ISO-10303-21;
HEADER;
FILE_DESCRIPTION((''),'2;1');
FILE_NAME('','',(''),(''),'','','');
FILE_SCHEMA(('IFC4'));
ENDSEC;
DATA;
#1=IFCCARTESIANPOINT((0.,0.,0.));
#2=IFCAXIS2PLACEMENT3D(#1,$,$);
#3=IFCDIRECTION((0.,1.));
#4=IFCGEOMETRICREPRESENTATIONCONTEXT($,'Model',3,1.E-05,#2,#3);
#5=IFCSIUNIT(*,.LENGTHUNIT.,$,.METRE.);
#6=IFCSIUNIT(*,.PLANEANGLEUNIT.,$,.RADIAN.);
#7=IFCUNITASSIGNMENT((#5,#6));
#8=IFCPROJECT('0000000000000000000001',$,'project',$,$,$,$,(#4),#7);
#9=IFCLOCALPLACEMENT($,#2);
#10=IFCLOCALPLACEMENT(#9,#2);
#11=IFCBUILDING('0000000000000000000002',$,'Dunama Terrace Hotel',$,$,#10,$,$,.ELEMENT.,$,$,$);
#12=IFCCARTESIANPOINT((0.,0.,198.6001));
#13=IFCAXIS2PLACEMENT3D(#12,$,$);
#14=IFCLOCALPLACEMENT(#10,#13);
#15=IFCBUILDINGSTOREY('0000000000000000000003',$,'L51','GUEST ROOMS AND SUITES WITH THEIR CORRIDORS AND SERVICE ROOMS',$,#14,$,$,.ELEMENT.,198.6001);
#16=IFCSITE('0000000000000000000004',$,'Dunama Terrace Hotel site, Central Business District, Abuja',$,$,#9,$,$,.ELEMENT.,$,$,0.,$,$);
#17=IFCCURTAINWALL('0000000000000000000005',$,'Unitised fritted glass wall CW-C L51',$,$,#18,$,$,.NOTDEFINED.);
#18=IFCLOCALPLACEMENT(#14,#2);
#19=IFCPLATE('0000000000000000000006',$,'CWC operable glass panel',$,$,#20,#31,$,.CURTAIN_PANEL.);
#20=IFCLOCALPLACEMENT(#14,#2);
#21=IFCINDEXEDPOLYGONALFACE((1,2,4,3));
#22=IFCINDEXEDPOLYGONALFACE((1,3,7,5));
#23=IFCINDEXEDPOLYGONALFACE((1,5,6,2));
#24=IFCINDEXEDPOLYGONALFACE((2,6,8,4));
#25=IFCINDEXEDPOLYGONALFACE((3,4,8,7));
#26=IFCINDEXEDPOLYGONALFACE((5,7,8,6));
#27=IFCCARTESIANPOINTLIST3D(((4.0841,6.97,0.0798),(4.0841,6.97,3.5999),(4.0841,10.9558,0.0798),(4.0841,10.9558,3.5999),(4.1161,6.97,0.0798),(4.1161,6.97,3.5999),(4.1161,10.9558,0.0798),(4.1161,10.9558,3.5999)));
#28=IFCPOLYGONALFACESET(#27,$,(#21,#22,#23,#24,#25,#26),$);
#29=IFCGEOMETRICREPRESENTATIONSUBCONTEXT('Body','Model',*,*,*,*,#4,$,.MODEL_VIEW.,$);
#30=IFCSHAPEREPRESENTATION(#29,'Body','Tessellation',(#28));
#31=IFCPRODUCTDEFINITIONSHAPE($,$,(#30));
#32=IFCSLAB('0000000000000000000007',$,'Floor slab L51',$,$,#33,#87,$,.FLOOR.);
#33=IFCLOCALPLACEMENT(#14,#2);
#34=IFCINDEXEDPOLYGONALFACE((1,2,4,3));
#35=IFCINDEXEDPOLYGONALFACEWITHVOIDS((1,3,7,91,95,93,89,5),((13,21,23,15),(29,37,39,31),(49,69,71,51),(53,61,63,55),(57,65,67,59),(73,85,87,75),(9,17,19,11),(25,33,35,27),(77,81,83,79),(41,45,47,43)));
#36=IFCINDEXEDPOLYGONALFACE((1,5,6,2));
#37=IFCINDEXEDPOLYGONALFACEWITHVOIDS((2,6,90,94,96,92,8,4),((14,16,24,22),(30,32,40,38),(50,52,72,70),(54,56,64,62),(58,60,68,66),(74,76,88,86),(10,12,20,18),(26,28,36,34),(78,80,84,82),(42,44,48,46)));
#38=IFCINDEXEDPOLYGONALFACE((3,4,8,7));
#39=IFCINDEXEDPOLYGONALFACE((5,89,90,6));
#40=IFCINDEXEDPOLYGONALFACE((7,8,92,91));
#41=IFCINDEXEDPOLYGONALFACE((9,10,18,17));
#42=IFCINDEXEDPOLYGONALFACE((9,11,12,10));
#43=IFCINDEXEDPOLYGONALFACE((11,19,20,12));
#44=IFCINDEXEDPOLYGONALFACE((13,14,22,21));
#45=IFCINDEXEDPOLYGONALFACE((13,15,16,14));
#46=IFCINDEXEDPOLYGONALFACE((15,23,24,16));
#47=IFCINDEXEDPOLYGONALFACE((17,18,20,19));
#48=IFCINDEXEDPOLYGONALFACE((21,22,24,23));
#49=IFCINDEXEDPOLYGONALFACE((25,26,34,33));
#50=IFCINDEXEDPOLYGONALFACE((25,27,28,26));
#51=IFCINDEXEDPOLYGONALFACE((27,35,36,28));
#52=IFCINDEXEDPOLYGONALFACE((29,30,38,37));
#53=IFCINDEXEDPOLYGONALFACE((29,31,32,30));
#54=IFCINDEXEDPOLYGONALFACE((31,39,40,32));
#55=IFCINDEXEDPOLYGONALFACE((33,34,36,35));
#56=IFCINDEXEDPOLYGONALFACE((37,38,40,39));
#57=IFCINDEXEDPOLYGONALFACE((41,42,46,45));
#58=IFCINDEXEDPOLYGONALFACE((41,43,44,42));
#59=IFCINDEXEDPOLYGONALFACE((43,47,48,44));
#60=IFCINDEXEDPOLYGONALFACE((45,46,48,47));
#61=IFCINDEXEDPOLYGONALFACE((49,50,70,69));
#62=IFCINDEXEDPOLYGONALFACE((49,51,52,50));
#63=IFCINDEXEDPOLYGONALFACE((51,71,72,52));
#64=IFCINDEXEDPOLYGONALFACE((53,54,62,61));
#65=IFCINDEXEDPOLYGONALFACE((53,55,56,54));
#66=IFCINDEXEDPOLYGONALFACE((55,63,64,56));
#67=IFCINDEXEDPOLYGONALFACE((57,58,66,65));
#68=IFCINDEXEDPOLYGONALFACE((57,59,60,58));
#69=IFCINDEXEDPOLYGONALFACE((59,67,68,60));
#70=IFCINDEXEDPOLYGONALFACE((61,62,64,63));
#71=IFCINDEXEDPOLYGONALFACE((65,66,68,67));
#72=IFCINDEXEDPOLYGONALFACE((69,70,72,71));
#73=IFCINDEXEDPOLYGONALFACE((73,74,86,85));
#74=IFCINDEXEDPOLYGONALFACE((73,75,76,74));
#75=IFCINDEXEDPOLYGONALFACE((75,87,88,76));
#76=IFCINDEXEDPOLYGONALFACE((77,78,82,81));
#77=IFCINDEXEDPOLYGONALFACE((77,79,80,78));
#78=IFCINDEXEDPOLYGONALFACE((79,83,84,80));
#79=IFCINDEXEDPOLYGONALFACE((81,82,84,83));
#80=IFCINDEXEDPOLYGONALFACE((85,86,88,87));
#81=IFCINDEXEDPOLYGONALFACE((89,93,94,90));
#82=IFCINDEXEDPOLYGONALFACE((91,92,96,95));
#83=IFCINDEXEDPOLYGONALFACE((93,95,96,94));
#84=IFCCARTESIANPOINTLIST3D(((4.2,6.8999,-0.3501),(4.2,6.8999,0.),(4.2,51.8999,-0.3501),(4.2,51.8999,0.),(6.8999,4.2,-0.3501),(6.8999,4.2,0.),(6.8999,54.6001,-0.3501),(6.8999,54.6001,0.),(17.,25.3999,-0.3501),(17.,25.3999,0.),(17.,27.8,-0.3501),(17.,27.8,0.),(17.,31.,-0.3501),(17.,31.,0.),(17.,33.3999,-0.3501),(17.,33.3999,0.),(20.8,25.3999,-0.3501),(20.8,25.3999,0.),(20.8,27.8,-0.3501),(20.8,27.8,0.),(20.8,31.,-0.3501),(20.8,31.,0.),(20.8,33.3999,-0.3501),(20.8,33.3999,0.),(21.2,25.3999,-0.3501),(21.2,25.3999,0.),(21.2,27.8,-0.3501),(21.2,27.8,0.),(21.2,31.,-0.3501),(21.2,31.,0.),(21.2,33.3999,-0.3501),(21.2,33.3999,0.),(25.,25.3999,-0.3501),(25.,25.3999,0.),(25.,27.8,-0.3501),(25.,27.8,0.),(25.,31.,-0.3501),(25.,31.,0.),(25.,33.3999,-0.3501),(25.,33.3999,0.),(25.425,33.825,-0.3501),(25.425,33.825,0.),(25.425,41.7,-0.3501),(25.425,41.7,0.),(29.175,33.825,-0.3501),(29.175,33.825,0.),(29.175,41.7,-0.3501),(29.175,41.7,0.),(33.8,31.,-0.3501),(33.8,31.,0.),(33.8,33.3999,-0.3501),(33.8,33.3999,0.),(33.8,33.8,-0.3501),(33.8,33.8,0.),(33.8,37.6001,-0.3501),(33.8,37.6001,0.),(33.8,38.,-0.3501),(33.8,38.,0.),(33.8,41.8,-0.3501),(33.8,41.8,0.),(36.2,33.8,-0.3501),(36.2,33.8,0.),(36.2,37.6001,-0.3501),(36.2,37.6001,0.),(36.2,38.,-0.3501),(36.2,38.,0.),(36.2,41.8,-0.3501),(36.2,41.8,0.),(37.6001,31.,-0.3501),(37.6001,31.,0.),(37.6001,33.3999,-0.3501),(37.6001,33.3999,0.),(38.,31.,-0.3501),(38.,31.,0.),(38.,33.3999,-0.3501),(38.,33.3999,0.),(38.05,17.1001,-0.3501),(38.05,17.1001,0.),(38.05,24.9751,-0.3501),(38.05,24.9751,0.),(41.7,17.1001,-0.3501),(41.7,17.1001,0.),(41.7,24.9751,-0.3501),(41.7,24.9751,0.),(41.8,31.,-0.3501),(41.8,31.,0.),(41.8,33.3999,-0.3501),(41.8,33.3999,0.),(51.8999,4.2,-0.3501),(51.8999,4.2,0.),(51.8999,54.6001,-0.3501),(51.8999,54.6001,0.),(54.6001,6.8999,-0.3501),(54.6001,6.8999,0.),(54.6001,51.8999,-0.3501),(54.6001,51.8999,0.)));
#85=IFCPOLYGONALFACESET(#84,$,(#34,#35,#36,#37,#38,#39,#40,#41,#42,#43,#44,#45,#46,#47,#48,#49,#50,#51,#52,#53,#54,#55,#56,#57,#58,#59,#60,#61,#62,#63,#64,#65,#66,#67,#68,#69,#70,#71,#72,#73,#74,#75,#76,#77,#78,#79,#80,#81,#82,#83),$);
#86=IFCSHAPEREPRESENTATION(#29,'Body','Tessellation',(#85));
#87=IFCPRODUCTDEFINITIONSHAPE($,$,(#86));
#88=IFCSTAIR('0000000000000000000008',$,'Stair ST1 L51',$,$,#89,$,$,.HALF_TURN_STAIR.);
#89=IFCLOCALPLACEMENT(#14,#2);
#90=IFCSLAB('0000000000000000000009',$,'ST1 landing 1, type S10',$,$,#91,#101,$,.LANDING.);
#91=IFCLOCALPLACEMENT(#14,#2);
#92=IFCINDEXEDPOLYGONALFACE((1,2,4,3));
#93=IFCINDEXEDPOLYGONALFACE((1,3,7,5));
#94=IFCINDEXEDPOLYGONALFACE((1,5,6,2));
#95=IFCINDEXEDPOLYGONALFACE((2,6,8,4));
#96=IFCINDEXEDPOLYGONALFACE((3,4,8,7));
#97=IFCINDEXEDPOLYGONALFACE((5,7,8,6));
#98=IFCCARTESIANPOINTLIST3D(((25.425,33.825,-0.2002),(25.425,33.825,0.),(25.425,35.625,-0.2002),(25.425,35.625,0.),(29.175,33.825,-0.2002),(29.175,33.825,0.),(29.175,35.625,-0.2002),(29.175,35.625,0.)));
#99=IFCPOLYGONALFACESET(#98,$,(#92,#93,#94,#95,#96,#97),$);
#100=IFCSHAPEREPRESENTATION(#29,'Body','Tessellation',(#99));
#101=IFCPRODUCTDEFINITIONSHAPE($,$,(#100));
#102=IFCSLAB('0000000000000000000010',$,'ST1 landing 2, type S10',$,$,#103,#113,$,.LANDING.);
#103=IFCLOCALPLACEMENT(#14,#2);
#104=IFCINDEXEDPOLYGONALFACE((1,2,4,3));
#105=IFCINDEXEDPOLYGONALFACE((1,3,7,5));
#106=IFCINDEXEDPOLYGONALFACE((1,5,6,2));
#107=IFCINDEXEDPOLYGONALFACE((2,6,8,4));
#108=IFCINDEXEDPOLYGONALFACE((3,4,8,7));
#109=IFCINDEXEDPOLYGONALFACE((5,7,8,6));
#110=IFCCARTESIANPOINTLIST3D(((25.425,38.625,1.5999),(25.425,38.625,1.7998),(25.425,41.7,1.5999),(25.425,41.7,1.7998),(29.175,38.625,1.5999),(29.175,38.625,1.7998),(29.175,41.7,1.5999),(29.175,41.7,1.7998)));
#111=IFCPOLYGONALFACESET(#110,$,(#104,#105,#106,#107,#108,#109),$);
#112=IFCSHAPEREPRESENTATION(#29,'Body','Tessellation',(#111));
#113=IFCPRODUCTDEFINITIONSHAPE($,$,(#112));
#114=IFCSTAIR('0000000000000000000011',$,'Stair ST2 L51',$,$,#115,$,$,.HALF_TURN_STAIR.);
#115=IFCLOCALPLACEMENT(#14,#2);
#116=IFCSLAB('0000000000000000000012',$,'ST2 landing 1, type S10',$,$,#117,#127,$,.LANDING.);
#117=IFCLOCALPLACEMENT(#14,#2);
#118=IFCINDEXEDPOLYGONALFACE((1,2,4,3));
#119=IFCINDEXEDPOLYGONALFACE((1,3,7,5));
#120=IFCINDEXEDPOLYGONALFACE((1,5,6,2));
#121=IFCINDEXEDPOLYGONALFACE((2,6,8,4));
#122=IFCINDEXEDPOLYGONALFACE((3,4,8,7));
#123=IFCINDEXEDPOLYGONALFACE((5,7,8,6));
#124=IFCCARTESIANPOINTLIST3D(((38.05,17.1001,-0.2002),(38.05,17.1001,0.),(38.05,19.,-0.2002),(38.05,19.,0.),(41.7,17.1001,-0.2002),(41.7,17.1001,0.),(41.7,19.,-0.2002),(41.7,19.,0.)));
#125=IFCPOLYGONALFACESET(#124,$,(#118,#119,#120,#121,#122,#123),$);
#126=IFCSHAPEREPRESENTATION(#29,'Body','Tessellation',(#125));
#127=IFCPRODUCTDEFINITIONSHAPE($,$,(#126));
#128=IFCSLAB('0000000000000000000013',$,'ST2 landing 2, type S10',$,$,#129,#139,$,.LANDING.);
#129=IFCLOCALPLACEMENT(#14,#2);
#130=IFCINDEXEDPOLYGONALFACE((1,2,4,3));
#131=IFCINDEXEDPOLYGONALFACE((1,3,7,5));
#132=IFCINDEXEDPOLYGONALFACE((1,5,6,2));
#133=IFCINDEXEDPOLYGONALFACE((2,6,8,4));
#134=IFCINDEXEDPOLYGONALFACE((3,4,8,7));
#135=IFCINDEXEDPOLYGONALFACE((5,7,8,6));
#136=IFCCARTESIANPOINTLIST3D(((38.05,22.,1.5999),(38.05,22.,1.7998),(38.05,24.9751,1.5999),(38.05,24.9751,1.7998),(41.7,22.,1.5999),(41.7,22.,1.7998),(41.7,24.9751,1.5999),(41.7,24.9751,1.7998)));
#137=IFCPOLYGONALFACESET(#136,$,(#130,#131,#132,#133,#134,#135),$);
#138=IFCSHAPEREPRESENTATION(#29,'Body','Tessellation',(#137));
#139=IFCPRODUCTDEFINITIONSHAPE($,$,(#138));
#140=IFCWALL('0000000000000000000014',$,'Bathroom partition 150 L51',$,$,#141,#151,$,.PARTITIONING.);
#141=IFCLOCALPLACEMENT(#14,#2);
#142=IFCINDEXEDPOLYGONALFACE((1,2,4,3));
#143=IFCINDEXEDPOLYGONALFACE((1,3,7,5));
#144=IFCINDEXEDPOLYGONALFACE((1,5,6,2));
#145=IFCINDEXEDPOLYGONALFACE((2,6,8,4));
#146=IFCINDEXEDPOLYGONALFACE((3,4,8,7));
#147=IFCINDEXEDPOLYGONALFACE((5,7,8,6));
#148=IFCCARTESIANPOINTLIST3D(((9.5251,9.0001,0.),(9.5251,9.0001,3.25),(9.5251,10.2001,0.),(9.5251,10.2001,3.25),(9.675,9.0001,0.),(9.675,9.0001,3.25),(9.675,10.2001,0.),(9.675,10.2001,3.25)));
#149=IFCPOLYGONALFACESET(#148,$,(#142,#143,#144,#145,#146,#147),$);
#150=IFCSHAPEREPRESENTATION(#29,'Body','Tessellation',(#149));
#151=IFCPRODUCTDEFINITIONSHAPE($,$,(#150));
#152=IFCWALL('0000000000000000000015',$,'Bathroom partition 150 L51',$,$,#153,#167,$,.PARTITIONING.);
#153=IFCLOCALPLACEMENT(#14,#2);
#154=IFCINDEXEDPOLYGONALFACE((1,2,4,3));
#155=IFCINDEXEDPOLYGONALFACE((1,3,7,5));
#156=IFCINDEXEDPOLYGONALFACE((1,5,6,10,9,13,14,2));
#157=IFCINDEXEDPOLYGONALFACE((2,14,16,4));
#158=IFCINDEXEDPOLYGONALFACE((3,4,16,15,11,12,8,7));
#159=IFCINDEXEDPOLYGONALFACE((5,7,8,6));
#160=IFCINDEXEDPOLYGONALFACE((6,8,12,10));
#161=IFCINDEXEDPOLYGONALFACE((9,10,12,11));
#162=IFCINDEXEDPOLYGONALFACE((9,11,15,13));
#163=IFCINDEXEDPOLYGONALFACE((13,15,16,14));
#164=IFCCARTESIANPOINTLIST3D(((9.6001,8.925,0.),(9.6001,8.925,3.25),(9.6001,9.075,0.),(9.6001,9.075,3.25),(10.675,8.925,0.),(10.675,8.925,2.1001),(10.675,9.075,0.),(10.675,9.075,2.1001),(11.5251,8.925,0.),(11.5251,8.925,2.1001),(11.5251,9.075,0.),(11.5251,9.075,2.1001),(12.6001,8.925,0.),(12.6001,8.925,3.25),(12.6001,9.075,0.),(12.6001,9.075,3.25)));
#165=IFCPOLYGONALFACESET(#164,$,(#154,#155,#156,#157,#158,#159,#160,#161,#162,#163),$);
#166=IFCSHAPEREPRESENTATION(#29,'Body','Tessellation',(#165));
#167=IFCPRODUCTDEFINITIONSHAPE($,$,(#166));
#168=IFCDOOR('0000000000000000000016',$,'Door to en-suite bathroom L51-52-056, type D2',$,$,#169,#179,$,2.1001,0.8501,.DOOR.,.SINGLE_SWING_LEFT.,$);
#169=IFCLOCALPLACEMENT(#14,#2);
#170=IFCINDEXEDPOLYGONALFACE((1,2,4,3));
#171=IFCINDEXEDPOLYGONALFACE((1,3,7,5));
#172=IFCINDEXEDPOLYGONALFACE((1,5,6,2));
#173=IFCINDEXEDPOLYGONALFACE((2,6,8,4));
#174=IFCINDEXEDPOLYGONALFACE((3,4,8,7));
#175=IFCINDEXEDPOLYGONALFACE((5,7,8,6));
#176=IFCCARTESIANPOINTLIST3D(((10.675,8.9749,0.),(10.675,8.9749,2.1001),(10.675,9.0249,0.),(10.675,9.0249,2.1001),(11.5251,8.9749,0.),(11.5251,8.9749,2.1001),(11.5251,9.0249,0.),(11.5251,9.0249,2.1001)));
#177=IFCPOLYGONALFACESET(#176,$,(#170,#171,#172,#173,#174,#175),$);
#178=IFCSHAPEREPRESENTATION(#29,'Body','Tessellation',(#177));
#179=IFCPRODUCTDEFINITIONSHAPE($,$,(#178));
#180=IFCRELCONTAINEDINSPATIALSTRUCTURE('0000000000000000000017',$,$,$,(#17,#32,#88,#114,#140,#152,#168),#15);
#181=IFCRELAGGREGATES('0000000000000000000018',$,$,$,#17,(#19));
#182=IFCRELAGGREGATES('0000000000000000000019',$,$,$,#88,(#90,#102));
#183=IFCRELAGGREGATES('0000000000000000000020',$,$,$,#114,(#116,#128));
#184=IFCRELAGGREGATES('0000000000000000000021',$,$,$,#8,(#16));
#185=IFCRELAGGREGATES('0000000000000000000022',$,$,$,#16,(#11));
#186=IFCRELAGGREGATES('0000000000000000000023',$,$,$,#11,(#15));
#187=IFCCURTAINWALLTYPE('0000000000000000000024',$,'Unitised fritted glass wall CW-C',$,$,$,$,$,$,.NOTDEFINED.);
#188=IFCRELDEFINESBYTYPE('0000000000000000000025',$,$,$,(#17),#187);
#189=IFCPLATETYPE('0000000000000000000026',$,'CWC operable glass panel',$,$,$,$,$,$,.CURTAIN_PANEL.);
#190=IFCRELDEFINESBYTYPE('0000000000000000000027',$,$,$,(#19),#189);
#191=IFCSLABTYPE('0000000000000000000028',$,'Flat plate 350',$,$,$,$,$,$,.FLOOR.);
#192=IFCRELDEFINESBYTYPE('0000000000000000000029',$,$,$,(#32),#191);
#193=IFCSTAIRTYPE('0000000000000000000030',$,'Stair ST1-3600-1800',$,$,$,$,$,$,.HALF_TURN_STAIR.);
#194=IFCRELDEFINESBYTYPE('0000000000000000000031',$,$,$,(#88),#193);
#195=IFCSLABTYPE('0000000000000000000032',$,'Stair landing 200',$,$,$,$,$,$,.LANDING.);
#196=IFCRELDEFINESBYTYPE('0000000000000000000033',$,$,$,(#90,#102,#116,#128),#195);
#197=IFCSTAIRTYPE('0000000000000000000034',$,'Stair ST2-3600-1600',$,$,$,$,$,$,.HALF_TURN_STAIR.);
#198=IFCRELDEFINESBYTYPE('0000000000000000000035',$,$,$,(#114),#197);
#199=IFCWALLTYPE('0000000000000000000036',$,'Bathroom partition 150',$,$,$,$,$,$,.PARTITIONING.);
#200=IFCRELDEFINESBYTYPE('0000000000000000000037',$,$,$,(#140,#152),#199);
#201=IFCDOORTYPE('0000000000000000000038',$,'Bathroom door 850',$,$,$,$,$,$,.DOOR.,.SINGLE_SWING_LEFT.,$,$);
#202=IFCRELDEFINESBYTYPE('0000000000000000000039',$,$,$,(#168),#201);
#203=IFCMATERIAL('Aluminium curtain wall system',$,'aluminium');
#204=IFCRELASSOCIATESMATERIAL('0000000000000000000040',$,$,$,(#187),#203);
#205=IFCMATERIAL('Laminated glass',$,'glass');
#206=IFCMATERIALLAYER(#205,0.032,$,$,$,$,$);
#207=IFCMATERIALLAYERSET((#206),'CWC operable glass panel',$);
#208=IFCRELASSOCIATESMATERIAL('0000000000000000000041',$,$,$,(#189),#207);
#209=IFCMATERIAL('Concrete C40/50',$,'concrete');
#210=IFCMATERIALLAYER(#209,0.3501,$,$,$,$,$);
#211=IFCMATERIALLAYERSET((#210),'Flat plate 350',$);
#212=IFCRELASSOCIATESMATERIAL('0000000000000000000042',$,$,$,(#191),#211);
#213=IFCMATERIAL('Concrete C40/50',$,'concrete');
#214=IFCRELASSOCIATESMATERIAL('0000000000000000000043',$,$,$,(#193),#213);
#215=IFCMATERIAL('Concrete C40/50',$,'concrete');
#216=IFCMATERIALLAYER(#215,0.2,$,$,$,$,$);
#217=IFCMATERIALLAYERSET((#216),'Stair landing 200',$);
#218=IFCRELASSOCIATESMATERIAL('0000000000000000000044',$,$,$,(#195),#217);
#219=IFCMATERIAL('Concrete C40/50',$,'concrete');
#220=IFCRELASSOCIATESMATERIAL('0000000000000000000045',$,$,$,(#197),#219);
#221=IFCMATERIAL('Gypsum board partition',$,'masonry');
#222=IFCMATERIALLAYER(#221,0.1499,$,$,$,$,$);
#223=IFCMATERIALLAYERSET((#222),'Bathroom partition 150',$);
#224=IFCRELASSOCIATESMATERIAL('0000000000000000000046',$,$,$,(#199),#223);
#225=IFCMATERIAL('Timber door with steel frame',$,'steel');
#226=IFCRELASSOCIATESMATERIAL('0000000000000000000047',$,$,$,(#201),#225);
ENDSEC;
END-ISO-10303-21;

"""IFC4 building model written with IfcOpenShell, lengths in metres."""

from ifc_helpers import new_model, si_unit, direction, frame, frame_2d, origin, origin_2d, place, context, subcontext, project, spatial, polyline, rectangle, outline, extrude, material, layer, layer_set, type_object, element, fill, aggregate, save


model = new_model("IFC4")

# Units and contexts
model_context = context("Model", 3, precision=1e-05, world=origin(), true_north=direction((0.0, 1.0)))
body_context = subcontext(model_context, "Body", "Model", "MODEL_VIEW")
ifc_project = project(units=[si_unit("LENGTHUNIT", "METRE"), si_unit("PLANEANGLEUNIT", "RADIAN")], contexts=[model_context])

# Site, building, storey
site_placement = place(None, origin())
site = spatial("IfcSite", under=ifc_project, at=site_placement, Name="Dunama Terrace Hotel site, Central Business District, Abuja", CompositionType="ELEMENT", RefElevation=0.0)
building_placement = place(site_placement, origin())
building = spatial("IfcBuilding", under=site, at=building_placement, Name="Dunama Terrace Hotel", CompositionType="ELEMENT")
storey_placement = place(building_placement, frame((0.0, 0.0, 198.6001)))
storey = spatial("IfcBuildingStorey", under=building, at=storey_placement, Name="L51", Description="GUEST ROOMS AND SUITES WITH THEIR CORRIDORS AND SERVICE ROOMS", CompositionType="ELEMENT", Elevation=198.6001)

# Curtain wall
ifc_material_1 = material(Name="Aluminium curtain wall system", Category="aluminium")
curtain_wall_type = type_object("IfcCurtainWallType", Name="Unitised fritted glass wall CW-C", PredefinedType="NOTDEFINED", material=ifc_material_1)
curtain_wall_1_placement = place(storey_placement, origin())
curtain_wall_1 = element("IfcCurtainWall", 1, at=curtain_wall_1_placement, inside=storey, type_object=curtain_wall_type, Name="Unitised fritted glass wall CW-C L51", PredefinedType="NOTDEFINED")

# Plate
ifc_material_2 = material(Name="Laminated glass", Category="glass")
ifc_layer_1 = layer(ifc_material_2, 0.032)
ifc_layer_set_1 = layer_set([ifc_layer_1], Name="CWC operable glass panel")
plate_type_1 = type_object("IfcPlateType", Name="CWC operable glass panel", PredefinedType="CURTAIN_PANEL", material=ifc_layer_set_1)
plate_1_placement = place(storey_placement, frame((4.1001, 8.9629, 0.0798), z_axis=(0.0, 0.0, 1.0), x_axis=(0.0, -1.0, 0.0)))
plate_1 = element("IfcPlate", 2, at=plate_1_placement, type_object=plate_type_1, Name="CWC operable glass panel", PredefinedType="CURTAIN_PANEL", context=body_context, shape_type="SweptSolid", body=[
    extrude(rectangle(XDim=3.9858, YDim=0.032, at=origin_2d()), origin(), (0.0, 0.0, 1.0), 3.52),
])
aggregate(curtain_wall_1, [plate_1])

# Slab
ifc_material_3 = material(Name="Concrete C40/50", Category="concrete")
ifc_layer_2 = layer(ifc_material_3, 0.3501)
ifc_layer_set_2 = layer_set([ifc_layer_2], Name="Flat plate 350")
slab_type_1 = type_object("IfcSlabType", Name="Flat plate 350", PredefinedType="FLOOR", material=ifc_layer_set_2)
slab_1_placement = place(storey_placement, frame((0.0, 0.0, -0.3501)))
element("IfcSlab", 3, at=slab_1_placement, inside=storey, type_object=slab_type_1, Name="Floor slab L51", PredefinedType="FLOOR", context=body_context, shape_type="SweptSolid", body=[
    extrude(outline(polyline([(6.8999, 4.2), (51.8999, 4.2), (54.6001, 6.8999), (54.6001, 51.8999), (51.8999, 54.6001), (6.8999, 54.6001), (4.2, 51.8999), (4.2, 6.8999), (6.8999, 4.2)]), holes=[polyline([(20.8, 25.3999), (20.8, 27.8), (17.0, 27.8), (17.0, 25.3999), (20.8, 25.3999)]), polyline([(25.0, 25.3999), (25.0, 27.8), (21.2, 27.8), (21.2, 25.3999), (25.0, 25.3999)]), polyline([(20.8, 31.0), (20.8, 33.3999), (17.0, 33.3999), (17.0, 31.0), (20.8, 31.0)]), polyline([(25.0, 31.0), (25.0, 33.3999), (21.2, 33.3999), (21.2, 31.0), (25.0, 31.0)]), polyline([(37.6001, 31.0), (37.6001, 33.3999), (33.8, 33.3999), (33.8, 31.0), (37.6001, 31.0)]), polyline([(41.8, 31.0), (41.8, 33.3999), (38.0, 33.3999), (38.0, 31.0), (41.8, 31.0)]), polyline([(36.2, 38.0), (36.2, 41.8), (33.8, 41.8), (33.8, 38.0), (36.2, 38.0)]), polyline([(36.2, 33.8), (36.2, 37.6001), (33.8, 37.6001), (33.8, 33.8), (36.2, 33.8)]), polyline([(29.175, 33.825), (29.175, 41.7), (25.425, 41.7), (25.425, 33.825), (29.175, 33.825)]), polyline([(41.7, 17.1001), (41.7, 24.9751), (38.05, 24.9751), (38.05, 17.1001), (41.7, 17.1001)])]), origin(), (0.0, 0.0, 1.0), 0.3501),
])

# Stairs, slabs
ifc_material_4 = material(Name="Concrete C40/50", Category="concrete")
stair_type_1 = type_object("IfcStairType", Name="Stair ST1-3600-1800", PredefinedType="HALF_TURN_STAIR", material=ifc_material_4)
stair_1_placement = place(storey_placement, origin())
stair_1 = element("IfcStair", 4, at=stair_1_placement, inside=storey, type_object=stair_type_1, Name="Stair ST1 L51", PredefinedType="HALF_TURN_STAIR")
ifc_material_5 = material(Name="Concrete C40/50", Category="concrete")
ifc_layer_3 = layer(ifc_material_5, 0.2)
ifc_layer_set_3 = layer_set([ifc_layer_3], Name="Stair landing 200")
slab_type_2 = type_object("IfcSlabType", Name="Stair landing 200", PredefinedType="LANDING", material=ifc_layer_set_3)
slab_2_placement = place(storey_placement, frame((0.0, 0.0, -0.2002)))
slab_2 = element("IfcSlab", 5, at=slab_2_placement, type_object=slab_type_2, Name="ST1 landing 1, type S10", PredefinedType="LANDING", context=body_context, shape_type="SweptSolid", body=[
    extrude(outline(polyline([(25.425, 33.825), (29.175, 33.825), (29.175, 35.625), (25.425, 35.625), (25.425, 33.825)])), origin(), (0.0, 0.0, 1.0), 0.2002),
])
slab_3_placement = place(storey_placement, frame((0.0, 0.0, 1.5999)))
slab_3 = element("IfcSlab", 6, at=slab_3_placement, type_object=slab_type_2, Name="ST1 landing 2, type S10", PredefinedType="LANDING", context=body_context, shape_type="SweptSolid", body=[
    extrude(outline(polyline([(25.425, 38.625), (29.175, 38.625), (29.175, 41.7), (25.425, 41.7), (25.425, 38.625)])), origin(), (0.0, 0.0, 1.0), 0.2),
])
aggregate(stair_1, [slab_2, slab_3])
ifc_material_6 = material(Name="Concrete C40/50", Category="concrete")
stair_type_2 = type_object("IfcStairType", Name="Stair ST2-3600-1600", PredefinedType="HALF_TURN_STAIR", material=ifc_material_6)
stair_2_placement = place(storey_placement, origin())
stair_2 = element("IfcStair", 7, at=stair_2_placement, inside=storey, type_object=stair_type_2, Name="Stair ST2 L51", PredefinedType="HALF_TURN_STAIR")
slab_4_placement = place(storey_placement, frame((0.0, 0.0, -0.2002)))
slab_4 = element("IfcSlab", 8, at=slab_4_placement, type_object=slab_type_2, Name="ST2 landing 1, type S10", PredefinedType="LANDING", context=body_context, shape_type="SweptSolid", body=[
    extrude(outline(polyline([(38.05, 17.1001), (41.7, 17.1001), (41.7, 19.0), (38.05, 19.0), (38.05, 17.1001)])), origin(), (0.0, 0.0, 1.0), 0.2002),
])
slab_5_placement = place(storey_placement, frame((0.0, 0.0, 1.5999)))
slab_5 = element("IfcSlab", 9, at=slab_5_placement, type_object=slab_type_2, Name="ST2 landing 2, type S10", PredefinedType="LANDING", context=body_context, shape_type="SweptSolid", body=[
    extrude(outline(polyline([(38.05, 22.0), (41.7, 22.0), (41.7, 24.9751), (38.05, 24.9751), (38.05, 22.0)])), origin(), (0.0, 0.0, 1.0), 0.2),
])
aggregate(stair_2, [slab_4, slab_5])

# Wall
ifc_material_7 = material(Name="Gypsum board partition", Category="masonry")
ifc_layer_4 = layer(ifc_material_7, 0.1499)
ifc_layer_set_4 = layer_set([ifc_layer_4], Name="Bathroom partition 150")
wall_type = type_object("IfcWallType", Name="Bathroom partition 150", PredefinedType="PARTITIONING", material=ifc_layer_set_4)
wall_1_placement = place(storey_placement, frame((9.6001, 9.0, 0.0), z_axis=(0.0, 0.0, 1.0), x_axis=(0.0, 1.0, 0.0)))
element("IfcWall", 10, at=wall_1_placement, inside=storey, type_object=wall_type, Name="Bathroom partition 150 L51", PredefinedType="PARTITIONING", context=body_context, shape_type="SweptSolid", body=[
    extrude(rectangle(XDim=1.2, YDim=0.1499, at=frame_2d((0.6001, 0.0))), origin(), (0.0, 0.0, 1.0), 3.25),
])

# Wall, opening, door
wall_2_placement = place(storey_placement, frame((9.6001, 9.0, 0.0), z_axis=(0.0, 0.0, 1.0), x_axis=(1.0, 0.0, 0.0)))
wall_2 = element("IfcWall", 11, at=wall_2_placement, inside=storey, type_object=wall_type, Name="Bathroom partition 150 L51", PredefinedType="PARTITIONING", context=body_context, shape_type="SweptSolid", body=[
    extrude(rectangle(XDim=3.0, YDim=0.1499, at=frame_2d((1.5, 0.0))), origin(), (0.0, 0.0, 1.0), 3.25),
])
opening_placement = place(wall_2_placement, frame((1.075, 0.0, 0.0)))
opening = element("IfcOpeningElement", 12, at=opening_placement, cuts=wall_2, PredefinedType="OPENING", context=body_context, shape_type="SweptSolid", body=[
    extrude(rectangle(XDim=0.8501, YDim=2.1001, at=frame_2d((0.425, 1.05))), frame((0.0, 0.085, 0.0), z_axis=(0.0, -1.0, 0.0), x_axis=(1.0, 0.0, 0.0)), (0.0, 0.0, 1.0), 0.1699),
])
ifc_material_8 = material(Name="Timber door with steel frame", Category="steel")
door_type = type_object("IfcDoorType", Name="Bathroom door 850", OperationType="SINGLE_SWING_LEFT", PredefinedType="DOOR", material=ifc_material_8)
door_placement = place(opening_placement, origin())
door = element("IfcDoor", 13, at=door_placement, inside=storey, type_object=door_type, Name="Door to en-suite bathroom L51-52-056, type D2", OperationType="SINGLE_SWING_LEFT", OverallHeight=2.1001, OverallWidth=0.8501, PredefinedType="DOOR", context=body_context, shape_type="SweptSolid", body=[
    extrude(rectangle(XDim=0.8501, YDim=2.1001, at=frame_2d((0.425, 1.05))), frame((0.0, 0.0249, 0.0), z_axis=(0.0, -1.0, 0.0), x_axis=(1.0, 0.0, 0.0)), (0.0, 0.0, 1.0), 0.05),
])
fill(opening, door)

save(model, "model.ifc")
